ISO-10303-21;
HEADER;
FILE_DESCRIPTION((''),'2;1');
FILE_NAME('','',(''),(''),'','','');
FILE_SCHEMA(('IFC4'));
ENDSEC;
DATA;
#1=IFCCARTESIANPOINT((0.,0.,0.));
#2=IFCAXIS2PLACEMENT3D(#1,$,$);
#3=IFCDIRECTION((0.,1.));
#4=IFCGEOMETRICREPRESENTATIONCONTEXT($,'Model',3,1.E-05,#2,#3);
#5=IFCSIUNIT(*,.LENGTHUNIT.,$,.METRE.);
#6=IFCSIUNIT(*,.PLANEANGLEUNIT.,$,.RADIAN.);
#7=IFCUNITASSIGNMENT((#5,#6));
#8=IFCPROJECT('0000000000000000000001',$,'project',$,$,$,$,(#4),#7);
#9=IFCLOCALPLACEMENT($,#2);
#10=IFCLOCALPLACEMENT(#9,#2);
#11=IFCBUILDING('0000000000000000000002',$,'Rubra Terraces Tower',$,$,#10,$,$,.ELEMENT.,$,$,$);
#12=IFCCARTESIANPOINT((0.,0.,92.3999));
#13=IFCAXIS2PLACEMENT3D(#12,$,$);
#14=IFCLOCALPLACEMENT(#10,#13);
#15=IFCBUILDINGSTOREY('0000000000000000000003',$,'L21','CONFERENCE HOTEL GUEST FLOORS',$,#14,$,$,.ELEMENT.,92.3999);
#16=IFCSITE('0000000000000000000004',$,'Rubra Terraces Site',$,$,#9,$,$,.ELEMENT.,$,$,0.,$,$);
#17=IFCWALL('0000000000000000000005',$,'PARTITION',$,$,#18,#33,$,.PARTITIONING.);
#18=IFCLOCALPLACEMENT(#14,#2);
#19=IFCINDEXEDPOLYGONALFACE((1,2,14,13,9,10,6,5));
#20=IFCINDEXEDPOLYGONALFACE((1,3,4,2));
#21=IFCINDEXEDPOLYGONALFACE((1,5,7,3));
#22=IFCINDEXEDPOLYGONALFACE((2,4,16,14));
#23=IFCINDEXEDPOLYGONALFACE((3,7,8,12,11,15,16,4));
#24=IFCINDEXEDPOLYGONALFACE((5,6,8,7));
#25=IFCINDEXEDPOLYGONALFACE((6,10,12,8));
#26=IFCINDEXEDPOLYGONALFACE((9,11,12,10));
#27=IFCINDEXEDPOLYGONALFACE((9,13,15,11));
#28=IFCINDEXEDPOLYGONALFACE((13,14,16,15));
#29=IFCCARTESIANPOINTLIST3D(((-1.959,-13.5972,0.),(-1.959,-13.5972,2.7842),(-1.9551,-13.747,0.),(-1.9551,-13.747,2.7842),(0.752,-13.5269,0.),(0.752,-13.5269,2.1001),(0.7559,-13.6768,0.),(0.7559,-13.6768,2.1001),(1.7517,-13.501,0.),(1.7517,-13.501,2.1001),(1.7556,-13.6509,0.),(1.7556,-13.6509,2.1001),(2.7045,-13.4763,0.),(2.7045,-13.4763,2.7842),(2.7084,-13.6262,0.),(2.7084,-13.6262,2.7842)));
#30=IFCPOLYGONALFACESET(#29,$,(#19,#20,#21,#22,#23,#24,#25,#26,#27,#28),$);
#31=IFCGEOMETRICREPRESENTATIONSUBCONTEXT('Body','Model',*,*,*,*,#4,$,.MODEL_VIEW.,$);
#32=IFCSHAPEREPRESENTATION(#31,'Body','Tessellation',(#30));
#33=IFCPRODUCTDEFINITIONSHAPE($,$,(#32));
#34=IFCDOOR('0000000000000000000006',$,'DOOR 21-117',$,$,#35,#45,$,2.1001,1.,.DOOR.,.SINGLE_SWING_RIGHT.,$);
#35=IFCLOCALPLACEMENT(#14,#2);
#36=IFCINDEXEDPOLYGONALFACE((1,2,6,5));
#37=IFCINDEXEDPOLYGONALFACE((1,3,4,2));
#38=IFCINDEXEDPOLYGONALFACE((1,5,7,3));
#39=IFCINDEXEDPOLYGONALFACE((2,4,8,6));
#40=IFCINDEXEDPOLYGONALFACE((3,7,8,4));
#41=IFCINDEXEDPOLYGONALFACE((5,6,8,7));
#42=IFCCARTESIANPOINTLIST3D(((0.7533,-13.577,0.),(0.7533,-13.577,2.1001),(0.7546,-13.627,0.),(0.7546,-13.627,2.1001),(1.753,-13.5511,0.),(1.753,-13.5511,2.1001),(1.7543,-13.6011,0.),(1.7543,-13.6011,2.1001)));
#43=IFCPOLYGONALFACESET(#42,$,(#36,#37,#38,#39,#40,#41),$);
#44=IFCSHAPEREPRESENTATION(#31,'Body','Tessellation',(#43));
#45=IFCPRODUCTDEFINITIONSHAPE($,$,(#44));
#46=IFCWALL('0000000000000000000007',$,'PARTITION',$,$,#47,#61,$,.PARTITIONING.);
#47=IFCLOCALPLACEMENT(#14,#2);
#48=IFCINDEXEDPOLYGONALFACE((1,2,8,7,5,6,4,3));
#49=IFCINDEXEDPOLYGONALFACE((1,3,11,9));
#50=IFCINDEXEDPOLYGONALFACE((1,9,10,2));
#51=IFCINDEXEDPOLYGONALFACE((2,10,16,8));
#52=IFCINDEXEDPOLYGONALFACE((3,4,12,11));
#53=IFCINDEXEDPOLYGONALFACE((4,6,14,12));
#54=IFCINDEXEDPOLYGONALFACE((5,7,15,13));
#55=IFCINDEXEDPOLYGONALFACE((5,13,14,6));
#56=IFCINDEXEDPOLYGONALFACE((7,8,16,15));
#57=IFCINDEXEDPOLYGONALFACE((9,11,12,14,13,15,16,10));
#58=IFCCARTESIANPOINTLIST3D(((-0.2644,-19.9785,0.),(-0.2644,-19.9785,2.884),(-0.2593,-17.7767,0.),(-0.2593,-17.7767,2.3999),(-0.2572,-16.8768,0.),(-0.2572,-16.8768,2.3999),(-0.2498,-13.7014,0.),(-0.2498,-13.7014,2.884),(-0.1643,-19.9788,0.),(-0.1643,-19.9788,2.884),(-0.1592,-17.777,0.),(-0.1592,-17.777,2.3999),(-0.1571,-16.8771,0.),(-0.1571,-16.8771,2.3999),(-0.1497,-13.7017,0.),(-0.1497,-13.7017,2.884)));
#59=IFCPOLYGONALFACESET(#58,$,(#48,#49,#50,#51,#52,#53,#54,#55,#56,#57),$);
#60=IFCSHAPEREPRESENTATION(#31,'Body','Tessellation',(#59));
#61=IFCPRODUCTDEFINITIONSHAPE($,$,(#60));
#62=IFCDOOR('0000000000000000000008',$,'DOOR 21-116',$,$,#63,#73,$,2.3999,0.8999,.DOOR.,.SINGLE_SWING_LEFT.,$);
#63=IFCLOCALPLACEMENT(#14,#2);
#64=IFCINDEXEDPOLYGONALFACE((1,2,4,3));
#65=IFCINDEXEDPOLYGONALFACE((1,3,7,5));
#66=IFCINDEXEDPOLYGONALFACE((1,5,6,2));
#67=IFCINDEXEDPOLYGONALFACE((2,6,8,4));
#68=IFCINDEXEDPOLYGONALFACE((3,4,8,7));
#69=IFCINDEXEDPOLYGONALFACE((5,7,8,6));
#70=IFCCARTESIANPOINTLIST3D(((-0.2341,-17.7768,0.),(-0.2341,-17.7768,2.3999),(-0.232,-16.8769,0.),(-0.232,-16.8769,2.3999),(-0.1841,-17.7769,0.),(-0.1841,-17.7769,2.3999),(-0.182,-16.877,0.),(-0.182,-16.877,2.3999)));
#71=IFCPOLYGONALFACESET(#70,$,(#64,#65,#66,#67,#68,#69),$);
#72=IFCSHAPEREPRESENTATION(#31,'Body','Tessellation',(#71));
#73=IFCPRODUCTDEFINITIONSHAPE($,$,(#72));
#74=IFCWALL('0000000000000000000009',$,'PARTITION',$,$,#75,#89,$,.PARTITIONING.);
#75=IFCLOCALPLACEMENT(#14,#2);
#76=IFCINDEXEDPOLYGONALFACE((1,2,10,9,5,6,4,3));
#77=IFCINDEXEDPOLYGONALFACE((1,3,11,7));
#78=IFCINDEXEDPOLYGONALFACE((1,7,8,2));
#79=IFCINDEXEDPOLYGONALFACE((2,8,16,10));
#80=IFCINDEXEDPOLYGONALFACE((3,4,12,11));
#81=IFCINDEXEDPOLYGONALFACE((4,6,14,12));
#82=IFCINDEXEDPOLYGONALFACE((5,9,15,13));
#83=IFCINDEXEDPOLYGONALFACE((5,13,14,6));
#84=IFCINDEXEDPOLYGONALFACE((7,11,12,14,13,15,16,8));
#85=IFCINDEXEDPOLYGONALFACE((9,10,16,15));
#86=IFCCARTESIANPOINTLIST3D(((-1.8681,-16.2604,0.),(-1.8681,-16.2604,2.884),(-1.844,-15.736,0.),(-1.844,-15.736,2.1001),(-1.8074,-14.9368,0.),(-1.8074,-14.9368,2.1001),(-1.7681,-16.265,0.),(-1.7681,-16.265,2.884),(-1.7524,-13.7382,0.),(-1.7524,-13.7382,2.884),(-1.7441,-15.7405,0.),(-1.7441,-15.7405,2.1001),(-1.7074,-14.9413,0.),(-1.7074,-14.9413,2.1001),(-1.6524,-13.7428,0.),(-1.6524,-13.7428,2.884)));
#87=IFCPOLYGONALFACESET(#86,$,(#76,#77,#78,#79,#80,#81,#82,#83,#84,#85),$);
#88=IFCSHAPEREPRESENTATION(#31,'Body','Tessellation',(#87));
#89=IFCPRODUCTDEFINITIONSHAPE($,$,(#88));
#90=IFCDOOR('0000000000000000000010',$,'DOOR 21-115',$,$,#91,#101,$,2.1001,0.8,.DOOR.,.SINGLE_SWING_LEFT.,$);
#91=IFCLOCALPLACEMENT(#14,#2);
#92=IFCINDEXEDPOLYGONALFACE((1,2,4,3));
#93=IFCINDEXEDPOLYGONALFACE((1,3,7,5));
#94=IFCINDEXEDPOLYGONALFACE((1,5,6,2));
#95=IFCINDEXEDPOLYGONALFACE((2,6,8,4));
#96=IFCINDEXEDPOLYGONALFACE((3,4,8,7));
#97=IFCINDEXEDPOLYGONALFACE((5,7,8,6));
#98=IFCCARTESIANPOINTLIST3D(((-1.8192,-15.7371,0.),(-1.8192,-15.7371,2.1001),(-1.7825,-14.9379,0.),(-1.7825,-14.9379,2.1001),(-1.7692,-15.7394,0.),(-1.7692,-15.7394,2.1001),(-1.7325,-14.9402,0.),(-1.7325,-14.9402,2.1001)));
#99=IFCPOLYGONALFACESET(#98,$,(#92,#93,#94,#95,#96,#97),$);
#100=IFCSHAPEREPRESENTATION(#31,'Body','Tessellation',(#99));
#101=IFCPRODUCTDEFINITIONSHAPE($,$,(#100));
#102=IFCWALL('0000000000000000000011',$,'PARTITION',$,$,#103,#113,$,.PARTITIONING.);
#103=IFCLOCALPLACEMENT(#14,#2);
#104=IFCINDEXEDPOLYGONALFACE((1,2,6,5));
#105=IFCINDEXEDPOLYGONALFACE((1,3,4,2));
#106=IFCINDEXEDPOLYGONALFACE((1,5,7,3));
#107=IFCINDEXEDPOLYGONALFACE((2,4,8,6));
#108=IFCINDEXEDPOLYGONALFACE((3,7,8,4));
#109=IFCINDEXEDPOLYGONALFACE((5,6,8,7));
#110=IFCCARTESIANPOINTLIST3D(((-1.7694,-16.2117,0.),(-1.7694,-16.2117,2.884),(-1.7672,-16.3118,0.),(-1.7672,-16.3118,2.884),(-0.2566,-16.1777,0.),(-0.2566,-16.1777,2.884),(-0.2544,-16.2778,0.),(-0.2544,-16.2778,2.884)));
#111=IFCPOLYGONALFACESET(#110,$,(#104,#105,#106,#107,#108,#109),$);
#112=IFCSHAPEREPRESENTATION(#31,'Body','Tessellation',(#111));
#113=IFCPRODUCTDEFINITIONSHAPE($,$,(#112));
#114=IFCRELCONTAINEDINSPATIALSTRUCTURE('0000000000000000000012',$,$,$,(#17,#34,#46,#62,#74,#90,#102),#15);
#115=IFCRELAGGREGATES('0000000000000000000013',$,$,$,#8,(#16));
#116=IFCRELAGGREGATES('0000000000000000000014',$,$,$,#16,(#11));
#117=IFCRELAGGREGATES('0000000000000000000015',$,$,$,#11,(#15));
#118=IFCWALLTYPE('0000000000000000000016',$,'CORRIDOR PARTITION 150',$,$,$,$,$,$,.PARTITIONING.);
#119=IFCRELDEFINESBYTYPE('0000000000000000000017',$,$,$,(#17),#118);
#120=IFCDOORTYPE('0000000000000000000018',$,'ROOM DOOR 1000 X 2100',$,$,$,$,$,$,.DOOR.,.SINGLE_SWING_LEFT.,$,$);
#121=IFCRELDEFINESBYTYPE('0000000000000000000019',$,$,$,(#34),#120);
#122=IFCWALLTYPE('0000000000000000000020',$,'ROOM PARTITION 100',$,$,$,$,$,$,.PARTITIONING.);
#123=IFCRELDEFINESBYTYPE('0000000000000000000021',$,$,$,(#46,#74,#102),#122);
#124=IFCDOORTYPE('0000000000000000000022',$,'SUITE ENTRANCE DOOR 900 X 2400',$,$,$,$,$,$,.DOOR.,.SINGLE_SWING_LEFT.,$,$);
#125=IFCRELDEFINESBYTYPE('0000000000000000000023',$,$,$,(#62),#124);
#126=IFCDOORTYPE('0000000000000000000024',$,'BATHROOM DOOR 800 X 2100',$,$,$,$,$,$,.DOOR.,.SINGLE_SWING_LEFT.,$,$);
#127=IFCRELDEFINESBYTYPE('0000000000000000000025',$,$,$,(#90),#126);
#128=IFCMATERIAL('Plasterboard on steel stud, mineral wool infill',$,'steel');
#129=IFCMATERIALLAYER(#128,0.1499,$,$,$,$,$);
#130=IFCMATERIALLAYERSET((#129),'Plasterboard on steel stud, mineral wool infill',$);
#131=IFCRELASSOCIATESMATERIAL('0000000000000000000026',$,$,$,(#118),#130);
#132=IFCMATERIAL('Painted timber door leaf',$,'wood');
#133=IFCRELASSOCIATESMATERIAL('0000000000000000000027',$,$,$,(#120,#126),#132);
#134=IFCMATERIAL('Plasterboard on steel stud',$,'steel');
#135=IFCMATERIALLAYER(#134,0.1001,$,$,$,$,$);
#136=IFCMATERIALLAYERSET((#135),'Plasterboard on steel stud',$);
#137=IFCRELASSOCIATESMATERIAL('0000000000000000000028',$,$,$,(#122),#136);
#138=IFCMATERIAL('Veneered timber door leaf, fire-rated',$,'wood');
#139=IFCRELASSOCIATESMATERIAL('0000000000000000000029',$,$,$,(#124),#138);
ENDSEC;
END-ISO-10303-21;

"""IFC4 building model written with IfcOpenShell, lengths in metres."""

from ifc_helpers import new_model, si_unit, direction, frame, frame_2d, origin, place, context, subcontext, project, spatial, rectangle, extrude, material, layer, layer_set, type_object, element, fill, save


model = new_model("IFC4")

# Units and contexts
model_context = context("Model", 3, precision=1e-05, world=origin(), true_north=direction((0.0, 1.0)))
body_context = subcontext(model_context, "Body", "Model", "MODEL_VIEW")
ifc_project = project(units=[si_unit("LENGTHUNIT", "METRE"), si_unit("PLANEANGLEUNIT", "RADIAN")], contexts=[model_context])

# Site, building, storey
site_placement = place(None, origin())
site = spatial("IfcSite", under=ifc_project, at=site_placement, Name="Rubra Terraces Site", CompositionType="ELEMENT", RefElevation=0.0)
building_placement = place(site_placement, origin())
building = spatial("IfcBuilding", under=site, at=building_placement, Name="Rubra Terraces Tower", CompositionType="ELEMENT")
storey_placement = place(building_placement, frame((0.0, 0.0, 92.3999)))
storey = spatial("IfcBuildingStorey", under=building, at=storey_placement, Name="L21", Description="CONFERENCE HOTEL GUEST FLOORS", CompositionType="ELEMENT", Elevation=92.3999)

# Walls, openings, doors
ifc_material_1 = material(Name="Plasterboard on steel stud, mineral wool infill", Category="steel")
ifc_layer_1 = layer(ifc_material_1, 0.1499)
ifc_layer_set_1 = layer_set([ifc_layer_1], Name="Plasterboard on steel stud, mineral wool infill")
wall_type_1 = type_object("IfcWallType", Name="CORRIDOR PARTITION 150", PredefinedType="PARTITIONING", material=ifc_layer_set_1)
wall_1_placement = place(storey_placement, frame((-1.957, -13.6721, 0.0), z_axis=(0.0, 0.0, 1.0), x_axis=(0.999664, 0.025905, 0.0)))
wall_1 = element("IfcWall", 1, at=wall_1_placement, inside=storey, type_object=wall_type_1, Name="PARTITION", PredefinedType="PARTITIONING", context=body_context, shape_type="SweptSolid", body=[
    extrude(rectangle(XDim=4.665, YDim=0.1499, at=frame_2d((2.3325, 0.0))), origin(), (0.0, 0.0, 1.0), 2.7842),
])
opening_1_placement = place(wall_1_placement, frame((2.7119, 0.0, 0.0)))
opening_1 = element("IfcOpeningElement", 2, at=opening_1_placement, cuts=wall_1, PredefinedType="OPENING", context=body_context, shape_type="SweptSolid", body=[
    extrude(rectangle(XDim=1.0, YDim=2.1001, at=frame_2d((0.5, 1.05))), frame((0.0, 0.085, 0.0), z_axis=(0.0, -1.0, 0.0), x_axis=(1.0, 0.0, 0.0)), (0.0, 0.0, 1.0), 0.1699),
])
ifc_material_2 = material(Name="Painted timber door leaf", Category="wood")
door_type_1 = type_object("IfcDoorType", Name="ROOM DOOR 1000 X 2100", OperationType="SINGLE_SWING_LEFT", PredefinedType="DOOR", material=ifc_material_2)
door_1_placement = place(opening_1_placement, origin())
door_1 = element("IfcDoor", 3, at=door_1_placement, inside=storey, type_object=door_type_1, Name="DOOR 21-117", OperationType="SINGLE_SWING_RIGHT", OverallHeight=2.1001, OverallWidth=1.0, PredefinedType="DOOR", context=body_context, shape_type="SweptSolid", body=[
    extrude(rectangle(XDim=1.0, YDim=2.1001, at=frame_2d((0.5, 1.05))), frame((0.0, 0.0249, 0.0), z_axis=(0.0, -1.0, 0.0), x_axis=(1.0, 0.0, 0.0)), (0.0, 0.0, 1.0), 0.05),
])
fill(opening_1, door_1)
ifc_material_3 = material(Name="Plasterboard on steel stud", Category="steel")
ifc_layer_2 = layer(ifc_material_3, 0.1001)
ifc_layer_set_2 = layer_set([ifc_layer_2], Name="Plasterboard on steel stud")
wall_type_2 = type_object("IfcWallType", Name="ROOM PARTITION 100", PredefinedType="PARTITIONING", material=ifc_layer_set_2)
wall_2_placement = place(storey_placement, frame((-0.2144, -19.9788, 0.0), z_axis=(0.0, 0.0, 1.0), x_axis=(0.002334, 0.999997, 0.0)))
wall_2 = element("IfcWall", 4, at=wall_2_placement, inside=storey, type_object=wall_type_2, Name="PARTITION", PredefinedType="PARTITIONING", context=body_context, shape_type="SweptSolid", body=[
    extrude(rectangle(XDim=6.2771, YDim=0.1001, at=frame_2d((3.1387, 0.0))), origin(), (0.0, 0.0, 1.0), 2.884),
])
opening_2_placement = place(wall_2_placement, frame((2.2019, 0.0, 0.0)))
opening_2 = element("IfcOpeningElement", 5, at=opening_2_placement, cuts=wall_2, PredefinedType="OPENING", context=body_context, shape_type="SweptSolid", body=[
    extrude(rectangle(XDim=0.8999, YDim=2.3999, at=frame_2d((0.45, 1.2))), frame((0.0, 0.0601, 0.0), z_axis=(0.0, -1.0, 0.0), x_axis=(1.0, 0.0, 0.0)), (0.0, 0.0, 1.0), 0.1201),
])
ifc_material_4 = material(Name="Veneered timber door leaf, fire-rated", Category="wood")
door_type_2 = type_object("IfcDoorType", Name="SUITE ENTRANCE DOOR 900 X 2400", OperationType="SINGLE_SWING_LEFT", PredefinedType="DOOR", material=ifc_material_4)
door_2_placement = place(opening_2_placement, origin())
door_2 = element("IfcDoor", 6, at=door_2_placement, inside=storey, type_object=door_type_2, Name="DOOR 21-116", OperationType="SINGLE_SWING_LEFT", OverallHeight=2.3999, OverallWidth=0.8999, PredefinedType="DOOR", context=body_context, shape_type="SweptSolid", body=[
    extrude(rectangle(XDim=0.8999, YDim=2.3999, at=frame_2d((0.45, 1.2))), frame((0.0, 0.0249, 0.0), z_axis=(0.0, -1.0, 0.0), x_axis=(1.0, 0.0, 0.0)), (0.0, 0.0, 1.0), 0.05),
])
fill(opening_2, door_2)
wall_3_placement = place(storey_placement, frame((-1.7024, -13.7405, 0.0), z_axis=(0.0, 0.0, 1.0), x_axis=(-0.045833, -0.998949, 0.0)))
wall_3 = element("IfcWall", 7, at=wall_3_placement, inside=storey, type_object=wall_type_2, Name="PARTITION", PredefinedType="PARTITIONING", context=body_context, shape_type="SweptSolid", body=[
    extrude(rectangle(XDim=2.5249, YDim=0.1001, at=frame_2d((1.2625, 0.0))), origin(), (0.0, 0.0, 1.0), 2.884),
])
opening_3_placement = place(wall_3_placement, frame((1.2, 0.0, 0.0)))
opening_3 = element("IfcOpeningElement", 8, at=opening_3_placement, cuts=wall_3, PredefinedType="OPENING", context=body_context, shape_type="SweptSolid", body=[
    extrude(rectangle(XDim=0.8, YDim=2.1001, at=frame_2d((0.3999, 1.05))), frame((0.0, 0.0601, 0.0), z_axis=(0.0, -1.0, 0.0), x_axis=(1.0, 0.0, 0.0)), (0.0, 0.0, 1.0), 0.1201),
])
door_type_3 = type_object("IfcDoorType", Name="BATHROOM DOOR 800 X 2100", OperationType="SINGLE_SWING_LEFT", PredefinedType="DOOR", material=ifc_material_2)
door_3_placement = place(opening_3_placement, origin())
door_3 = element("IfcDoor", 9, at=door_3_placement, inside=storey, type_object=door_type_3, Name="DOOR 21-115", OperationType="SINGLE_SWING_LEFT", OverallHeight=2.1001, OverallWidth=0.8, PredefinedType="DOOR", context=body_context, shape_type="SweptSolid", body=[
    extrude(rectangle(XDim=0.8, YDim=2.1001, at=frame_2d((0.3999, 1.05))), frame((0.0, 0.0249, 0.0), z_axis=(0.0, -1.0, 0.0), x_axis=(1.0, 0.0, 0.0)), (0.0, 0.0, 1.0), 0.05),
])
fill(opening_3, door_3)

# Wall
wall_4_placement = place(storey_placement, frame((-1.7683, -16.2617, 0.0), z_axis=(0.0, 0.0, 1.0), x_axis=(0.999748, 0.022428, 0.0)))
element("IfcWall", 10, at=wall_4_placement, inside=storey, type_object=wall_type_2, Name="PARTITION", PredefinedType="PARTITIONING", context=body_context, shape_type="SweptSolid", body=[
    extrude(rectangle(XDim=1.5132, YDim=0.1001, at=frame_2d((0.7566, 0.0))), origin(), (0.0, 0.0, 1.0), 2.884),
])

save(model, "model.ifc")
